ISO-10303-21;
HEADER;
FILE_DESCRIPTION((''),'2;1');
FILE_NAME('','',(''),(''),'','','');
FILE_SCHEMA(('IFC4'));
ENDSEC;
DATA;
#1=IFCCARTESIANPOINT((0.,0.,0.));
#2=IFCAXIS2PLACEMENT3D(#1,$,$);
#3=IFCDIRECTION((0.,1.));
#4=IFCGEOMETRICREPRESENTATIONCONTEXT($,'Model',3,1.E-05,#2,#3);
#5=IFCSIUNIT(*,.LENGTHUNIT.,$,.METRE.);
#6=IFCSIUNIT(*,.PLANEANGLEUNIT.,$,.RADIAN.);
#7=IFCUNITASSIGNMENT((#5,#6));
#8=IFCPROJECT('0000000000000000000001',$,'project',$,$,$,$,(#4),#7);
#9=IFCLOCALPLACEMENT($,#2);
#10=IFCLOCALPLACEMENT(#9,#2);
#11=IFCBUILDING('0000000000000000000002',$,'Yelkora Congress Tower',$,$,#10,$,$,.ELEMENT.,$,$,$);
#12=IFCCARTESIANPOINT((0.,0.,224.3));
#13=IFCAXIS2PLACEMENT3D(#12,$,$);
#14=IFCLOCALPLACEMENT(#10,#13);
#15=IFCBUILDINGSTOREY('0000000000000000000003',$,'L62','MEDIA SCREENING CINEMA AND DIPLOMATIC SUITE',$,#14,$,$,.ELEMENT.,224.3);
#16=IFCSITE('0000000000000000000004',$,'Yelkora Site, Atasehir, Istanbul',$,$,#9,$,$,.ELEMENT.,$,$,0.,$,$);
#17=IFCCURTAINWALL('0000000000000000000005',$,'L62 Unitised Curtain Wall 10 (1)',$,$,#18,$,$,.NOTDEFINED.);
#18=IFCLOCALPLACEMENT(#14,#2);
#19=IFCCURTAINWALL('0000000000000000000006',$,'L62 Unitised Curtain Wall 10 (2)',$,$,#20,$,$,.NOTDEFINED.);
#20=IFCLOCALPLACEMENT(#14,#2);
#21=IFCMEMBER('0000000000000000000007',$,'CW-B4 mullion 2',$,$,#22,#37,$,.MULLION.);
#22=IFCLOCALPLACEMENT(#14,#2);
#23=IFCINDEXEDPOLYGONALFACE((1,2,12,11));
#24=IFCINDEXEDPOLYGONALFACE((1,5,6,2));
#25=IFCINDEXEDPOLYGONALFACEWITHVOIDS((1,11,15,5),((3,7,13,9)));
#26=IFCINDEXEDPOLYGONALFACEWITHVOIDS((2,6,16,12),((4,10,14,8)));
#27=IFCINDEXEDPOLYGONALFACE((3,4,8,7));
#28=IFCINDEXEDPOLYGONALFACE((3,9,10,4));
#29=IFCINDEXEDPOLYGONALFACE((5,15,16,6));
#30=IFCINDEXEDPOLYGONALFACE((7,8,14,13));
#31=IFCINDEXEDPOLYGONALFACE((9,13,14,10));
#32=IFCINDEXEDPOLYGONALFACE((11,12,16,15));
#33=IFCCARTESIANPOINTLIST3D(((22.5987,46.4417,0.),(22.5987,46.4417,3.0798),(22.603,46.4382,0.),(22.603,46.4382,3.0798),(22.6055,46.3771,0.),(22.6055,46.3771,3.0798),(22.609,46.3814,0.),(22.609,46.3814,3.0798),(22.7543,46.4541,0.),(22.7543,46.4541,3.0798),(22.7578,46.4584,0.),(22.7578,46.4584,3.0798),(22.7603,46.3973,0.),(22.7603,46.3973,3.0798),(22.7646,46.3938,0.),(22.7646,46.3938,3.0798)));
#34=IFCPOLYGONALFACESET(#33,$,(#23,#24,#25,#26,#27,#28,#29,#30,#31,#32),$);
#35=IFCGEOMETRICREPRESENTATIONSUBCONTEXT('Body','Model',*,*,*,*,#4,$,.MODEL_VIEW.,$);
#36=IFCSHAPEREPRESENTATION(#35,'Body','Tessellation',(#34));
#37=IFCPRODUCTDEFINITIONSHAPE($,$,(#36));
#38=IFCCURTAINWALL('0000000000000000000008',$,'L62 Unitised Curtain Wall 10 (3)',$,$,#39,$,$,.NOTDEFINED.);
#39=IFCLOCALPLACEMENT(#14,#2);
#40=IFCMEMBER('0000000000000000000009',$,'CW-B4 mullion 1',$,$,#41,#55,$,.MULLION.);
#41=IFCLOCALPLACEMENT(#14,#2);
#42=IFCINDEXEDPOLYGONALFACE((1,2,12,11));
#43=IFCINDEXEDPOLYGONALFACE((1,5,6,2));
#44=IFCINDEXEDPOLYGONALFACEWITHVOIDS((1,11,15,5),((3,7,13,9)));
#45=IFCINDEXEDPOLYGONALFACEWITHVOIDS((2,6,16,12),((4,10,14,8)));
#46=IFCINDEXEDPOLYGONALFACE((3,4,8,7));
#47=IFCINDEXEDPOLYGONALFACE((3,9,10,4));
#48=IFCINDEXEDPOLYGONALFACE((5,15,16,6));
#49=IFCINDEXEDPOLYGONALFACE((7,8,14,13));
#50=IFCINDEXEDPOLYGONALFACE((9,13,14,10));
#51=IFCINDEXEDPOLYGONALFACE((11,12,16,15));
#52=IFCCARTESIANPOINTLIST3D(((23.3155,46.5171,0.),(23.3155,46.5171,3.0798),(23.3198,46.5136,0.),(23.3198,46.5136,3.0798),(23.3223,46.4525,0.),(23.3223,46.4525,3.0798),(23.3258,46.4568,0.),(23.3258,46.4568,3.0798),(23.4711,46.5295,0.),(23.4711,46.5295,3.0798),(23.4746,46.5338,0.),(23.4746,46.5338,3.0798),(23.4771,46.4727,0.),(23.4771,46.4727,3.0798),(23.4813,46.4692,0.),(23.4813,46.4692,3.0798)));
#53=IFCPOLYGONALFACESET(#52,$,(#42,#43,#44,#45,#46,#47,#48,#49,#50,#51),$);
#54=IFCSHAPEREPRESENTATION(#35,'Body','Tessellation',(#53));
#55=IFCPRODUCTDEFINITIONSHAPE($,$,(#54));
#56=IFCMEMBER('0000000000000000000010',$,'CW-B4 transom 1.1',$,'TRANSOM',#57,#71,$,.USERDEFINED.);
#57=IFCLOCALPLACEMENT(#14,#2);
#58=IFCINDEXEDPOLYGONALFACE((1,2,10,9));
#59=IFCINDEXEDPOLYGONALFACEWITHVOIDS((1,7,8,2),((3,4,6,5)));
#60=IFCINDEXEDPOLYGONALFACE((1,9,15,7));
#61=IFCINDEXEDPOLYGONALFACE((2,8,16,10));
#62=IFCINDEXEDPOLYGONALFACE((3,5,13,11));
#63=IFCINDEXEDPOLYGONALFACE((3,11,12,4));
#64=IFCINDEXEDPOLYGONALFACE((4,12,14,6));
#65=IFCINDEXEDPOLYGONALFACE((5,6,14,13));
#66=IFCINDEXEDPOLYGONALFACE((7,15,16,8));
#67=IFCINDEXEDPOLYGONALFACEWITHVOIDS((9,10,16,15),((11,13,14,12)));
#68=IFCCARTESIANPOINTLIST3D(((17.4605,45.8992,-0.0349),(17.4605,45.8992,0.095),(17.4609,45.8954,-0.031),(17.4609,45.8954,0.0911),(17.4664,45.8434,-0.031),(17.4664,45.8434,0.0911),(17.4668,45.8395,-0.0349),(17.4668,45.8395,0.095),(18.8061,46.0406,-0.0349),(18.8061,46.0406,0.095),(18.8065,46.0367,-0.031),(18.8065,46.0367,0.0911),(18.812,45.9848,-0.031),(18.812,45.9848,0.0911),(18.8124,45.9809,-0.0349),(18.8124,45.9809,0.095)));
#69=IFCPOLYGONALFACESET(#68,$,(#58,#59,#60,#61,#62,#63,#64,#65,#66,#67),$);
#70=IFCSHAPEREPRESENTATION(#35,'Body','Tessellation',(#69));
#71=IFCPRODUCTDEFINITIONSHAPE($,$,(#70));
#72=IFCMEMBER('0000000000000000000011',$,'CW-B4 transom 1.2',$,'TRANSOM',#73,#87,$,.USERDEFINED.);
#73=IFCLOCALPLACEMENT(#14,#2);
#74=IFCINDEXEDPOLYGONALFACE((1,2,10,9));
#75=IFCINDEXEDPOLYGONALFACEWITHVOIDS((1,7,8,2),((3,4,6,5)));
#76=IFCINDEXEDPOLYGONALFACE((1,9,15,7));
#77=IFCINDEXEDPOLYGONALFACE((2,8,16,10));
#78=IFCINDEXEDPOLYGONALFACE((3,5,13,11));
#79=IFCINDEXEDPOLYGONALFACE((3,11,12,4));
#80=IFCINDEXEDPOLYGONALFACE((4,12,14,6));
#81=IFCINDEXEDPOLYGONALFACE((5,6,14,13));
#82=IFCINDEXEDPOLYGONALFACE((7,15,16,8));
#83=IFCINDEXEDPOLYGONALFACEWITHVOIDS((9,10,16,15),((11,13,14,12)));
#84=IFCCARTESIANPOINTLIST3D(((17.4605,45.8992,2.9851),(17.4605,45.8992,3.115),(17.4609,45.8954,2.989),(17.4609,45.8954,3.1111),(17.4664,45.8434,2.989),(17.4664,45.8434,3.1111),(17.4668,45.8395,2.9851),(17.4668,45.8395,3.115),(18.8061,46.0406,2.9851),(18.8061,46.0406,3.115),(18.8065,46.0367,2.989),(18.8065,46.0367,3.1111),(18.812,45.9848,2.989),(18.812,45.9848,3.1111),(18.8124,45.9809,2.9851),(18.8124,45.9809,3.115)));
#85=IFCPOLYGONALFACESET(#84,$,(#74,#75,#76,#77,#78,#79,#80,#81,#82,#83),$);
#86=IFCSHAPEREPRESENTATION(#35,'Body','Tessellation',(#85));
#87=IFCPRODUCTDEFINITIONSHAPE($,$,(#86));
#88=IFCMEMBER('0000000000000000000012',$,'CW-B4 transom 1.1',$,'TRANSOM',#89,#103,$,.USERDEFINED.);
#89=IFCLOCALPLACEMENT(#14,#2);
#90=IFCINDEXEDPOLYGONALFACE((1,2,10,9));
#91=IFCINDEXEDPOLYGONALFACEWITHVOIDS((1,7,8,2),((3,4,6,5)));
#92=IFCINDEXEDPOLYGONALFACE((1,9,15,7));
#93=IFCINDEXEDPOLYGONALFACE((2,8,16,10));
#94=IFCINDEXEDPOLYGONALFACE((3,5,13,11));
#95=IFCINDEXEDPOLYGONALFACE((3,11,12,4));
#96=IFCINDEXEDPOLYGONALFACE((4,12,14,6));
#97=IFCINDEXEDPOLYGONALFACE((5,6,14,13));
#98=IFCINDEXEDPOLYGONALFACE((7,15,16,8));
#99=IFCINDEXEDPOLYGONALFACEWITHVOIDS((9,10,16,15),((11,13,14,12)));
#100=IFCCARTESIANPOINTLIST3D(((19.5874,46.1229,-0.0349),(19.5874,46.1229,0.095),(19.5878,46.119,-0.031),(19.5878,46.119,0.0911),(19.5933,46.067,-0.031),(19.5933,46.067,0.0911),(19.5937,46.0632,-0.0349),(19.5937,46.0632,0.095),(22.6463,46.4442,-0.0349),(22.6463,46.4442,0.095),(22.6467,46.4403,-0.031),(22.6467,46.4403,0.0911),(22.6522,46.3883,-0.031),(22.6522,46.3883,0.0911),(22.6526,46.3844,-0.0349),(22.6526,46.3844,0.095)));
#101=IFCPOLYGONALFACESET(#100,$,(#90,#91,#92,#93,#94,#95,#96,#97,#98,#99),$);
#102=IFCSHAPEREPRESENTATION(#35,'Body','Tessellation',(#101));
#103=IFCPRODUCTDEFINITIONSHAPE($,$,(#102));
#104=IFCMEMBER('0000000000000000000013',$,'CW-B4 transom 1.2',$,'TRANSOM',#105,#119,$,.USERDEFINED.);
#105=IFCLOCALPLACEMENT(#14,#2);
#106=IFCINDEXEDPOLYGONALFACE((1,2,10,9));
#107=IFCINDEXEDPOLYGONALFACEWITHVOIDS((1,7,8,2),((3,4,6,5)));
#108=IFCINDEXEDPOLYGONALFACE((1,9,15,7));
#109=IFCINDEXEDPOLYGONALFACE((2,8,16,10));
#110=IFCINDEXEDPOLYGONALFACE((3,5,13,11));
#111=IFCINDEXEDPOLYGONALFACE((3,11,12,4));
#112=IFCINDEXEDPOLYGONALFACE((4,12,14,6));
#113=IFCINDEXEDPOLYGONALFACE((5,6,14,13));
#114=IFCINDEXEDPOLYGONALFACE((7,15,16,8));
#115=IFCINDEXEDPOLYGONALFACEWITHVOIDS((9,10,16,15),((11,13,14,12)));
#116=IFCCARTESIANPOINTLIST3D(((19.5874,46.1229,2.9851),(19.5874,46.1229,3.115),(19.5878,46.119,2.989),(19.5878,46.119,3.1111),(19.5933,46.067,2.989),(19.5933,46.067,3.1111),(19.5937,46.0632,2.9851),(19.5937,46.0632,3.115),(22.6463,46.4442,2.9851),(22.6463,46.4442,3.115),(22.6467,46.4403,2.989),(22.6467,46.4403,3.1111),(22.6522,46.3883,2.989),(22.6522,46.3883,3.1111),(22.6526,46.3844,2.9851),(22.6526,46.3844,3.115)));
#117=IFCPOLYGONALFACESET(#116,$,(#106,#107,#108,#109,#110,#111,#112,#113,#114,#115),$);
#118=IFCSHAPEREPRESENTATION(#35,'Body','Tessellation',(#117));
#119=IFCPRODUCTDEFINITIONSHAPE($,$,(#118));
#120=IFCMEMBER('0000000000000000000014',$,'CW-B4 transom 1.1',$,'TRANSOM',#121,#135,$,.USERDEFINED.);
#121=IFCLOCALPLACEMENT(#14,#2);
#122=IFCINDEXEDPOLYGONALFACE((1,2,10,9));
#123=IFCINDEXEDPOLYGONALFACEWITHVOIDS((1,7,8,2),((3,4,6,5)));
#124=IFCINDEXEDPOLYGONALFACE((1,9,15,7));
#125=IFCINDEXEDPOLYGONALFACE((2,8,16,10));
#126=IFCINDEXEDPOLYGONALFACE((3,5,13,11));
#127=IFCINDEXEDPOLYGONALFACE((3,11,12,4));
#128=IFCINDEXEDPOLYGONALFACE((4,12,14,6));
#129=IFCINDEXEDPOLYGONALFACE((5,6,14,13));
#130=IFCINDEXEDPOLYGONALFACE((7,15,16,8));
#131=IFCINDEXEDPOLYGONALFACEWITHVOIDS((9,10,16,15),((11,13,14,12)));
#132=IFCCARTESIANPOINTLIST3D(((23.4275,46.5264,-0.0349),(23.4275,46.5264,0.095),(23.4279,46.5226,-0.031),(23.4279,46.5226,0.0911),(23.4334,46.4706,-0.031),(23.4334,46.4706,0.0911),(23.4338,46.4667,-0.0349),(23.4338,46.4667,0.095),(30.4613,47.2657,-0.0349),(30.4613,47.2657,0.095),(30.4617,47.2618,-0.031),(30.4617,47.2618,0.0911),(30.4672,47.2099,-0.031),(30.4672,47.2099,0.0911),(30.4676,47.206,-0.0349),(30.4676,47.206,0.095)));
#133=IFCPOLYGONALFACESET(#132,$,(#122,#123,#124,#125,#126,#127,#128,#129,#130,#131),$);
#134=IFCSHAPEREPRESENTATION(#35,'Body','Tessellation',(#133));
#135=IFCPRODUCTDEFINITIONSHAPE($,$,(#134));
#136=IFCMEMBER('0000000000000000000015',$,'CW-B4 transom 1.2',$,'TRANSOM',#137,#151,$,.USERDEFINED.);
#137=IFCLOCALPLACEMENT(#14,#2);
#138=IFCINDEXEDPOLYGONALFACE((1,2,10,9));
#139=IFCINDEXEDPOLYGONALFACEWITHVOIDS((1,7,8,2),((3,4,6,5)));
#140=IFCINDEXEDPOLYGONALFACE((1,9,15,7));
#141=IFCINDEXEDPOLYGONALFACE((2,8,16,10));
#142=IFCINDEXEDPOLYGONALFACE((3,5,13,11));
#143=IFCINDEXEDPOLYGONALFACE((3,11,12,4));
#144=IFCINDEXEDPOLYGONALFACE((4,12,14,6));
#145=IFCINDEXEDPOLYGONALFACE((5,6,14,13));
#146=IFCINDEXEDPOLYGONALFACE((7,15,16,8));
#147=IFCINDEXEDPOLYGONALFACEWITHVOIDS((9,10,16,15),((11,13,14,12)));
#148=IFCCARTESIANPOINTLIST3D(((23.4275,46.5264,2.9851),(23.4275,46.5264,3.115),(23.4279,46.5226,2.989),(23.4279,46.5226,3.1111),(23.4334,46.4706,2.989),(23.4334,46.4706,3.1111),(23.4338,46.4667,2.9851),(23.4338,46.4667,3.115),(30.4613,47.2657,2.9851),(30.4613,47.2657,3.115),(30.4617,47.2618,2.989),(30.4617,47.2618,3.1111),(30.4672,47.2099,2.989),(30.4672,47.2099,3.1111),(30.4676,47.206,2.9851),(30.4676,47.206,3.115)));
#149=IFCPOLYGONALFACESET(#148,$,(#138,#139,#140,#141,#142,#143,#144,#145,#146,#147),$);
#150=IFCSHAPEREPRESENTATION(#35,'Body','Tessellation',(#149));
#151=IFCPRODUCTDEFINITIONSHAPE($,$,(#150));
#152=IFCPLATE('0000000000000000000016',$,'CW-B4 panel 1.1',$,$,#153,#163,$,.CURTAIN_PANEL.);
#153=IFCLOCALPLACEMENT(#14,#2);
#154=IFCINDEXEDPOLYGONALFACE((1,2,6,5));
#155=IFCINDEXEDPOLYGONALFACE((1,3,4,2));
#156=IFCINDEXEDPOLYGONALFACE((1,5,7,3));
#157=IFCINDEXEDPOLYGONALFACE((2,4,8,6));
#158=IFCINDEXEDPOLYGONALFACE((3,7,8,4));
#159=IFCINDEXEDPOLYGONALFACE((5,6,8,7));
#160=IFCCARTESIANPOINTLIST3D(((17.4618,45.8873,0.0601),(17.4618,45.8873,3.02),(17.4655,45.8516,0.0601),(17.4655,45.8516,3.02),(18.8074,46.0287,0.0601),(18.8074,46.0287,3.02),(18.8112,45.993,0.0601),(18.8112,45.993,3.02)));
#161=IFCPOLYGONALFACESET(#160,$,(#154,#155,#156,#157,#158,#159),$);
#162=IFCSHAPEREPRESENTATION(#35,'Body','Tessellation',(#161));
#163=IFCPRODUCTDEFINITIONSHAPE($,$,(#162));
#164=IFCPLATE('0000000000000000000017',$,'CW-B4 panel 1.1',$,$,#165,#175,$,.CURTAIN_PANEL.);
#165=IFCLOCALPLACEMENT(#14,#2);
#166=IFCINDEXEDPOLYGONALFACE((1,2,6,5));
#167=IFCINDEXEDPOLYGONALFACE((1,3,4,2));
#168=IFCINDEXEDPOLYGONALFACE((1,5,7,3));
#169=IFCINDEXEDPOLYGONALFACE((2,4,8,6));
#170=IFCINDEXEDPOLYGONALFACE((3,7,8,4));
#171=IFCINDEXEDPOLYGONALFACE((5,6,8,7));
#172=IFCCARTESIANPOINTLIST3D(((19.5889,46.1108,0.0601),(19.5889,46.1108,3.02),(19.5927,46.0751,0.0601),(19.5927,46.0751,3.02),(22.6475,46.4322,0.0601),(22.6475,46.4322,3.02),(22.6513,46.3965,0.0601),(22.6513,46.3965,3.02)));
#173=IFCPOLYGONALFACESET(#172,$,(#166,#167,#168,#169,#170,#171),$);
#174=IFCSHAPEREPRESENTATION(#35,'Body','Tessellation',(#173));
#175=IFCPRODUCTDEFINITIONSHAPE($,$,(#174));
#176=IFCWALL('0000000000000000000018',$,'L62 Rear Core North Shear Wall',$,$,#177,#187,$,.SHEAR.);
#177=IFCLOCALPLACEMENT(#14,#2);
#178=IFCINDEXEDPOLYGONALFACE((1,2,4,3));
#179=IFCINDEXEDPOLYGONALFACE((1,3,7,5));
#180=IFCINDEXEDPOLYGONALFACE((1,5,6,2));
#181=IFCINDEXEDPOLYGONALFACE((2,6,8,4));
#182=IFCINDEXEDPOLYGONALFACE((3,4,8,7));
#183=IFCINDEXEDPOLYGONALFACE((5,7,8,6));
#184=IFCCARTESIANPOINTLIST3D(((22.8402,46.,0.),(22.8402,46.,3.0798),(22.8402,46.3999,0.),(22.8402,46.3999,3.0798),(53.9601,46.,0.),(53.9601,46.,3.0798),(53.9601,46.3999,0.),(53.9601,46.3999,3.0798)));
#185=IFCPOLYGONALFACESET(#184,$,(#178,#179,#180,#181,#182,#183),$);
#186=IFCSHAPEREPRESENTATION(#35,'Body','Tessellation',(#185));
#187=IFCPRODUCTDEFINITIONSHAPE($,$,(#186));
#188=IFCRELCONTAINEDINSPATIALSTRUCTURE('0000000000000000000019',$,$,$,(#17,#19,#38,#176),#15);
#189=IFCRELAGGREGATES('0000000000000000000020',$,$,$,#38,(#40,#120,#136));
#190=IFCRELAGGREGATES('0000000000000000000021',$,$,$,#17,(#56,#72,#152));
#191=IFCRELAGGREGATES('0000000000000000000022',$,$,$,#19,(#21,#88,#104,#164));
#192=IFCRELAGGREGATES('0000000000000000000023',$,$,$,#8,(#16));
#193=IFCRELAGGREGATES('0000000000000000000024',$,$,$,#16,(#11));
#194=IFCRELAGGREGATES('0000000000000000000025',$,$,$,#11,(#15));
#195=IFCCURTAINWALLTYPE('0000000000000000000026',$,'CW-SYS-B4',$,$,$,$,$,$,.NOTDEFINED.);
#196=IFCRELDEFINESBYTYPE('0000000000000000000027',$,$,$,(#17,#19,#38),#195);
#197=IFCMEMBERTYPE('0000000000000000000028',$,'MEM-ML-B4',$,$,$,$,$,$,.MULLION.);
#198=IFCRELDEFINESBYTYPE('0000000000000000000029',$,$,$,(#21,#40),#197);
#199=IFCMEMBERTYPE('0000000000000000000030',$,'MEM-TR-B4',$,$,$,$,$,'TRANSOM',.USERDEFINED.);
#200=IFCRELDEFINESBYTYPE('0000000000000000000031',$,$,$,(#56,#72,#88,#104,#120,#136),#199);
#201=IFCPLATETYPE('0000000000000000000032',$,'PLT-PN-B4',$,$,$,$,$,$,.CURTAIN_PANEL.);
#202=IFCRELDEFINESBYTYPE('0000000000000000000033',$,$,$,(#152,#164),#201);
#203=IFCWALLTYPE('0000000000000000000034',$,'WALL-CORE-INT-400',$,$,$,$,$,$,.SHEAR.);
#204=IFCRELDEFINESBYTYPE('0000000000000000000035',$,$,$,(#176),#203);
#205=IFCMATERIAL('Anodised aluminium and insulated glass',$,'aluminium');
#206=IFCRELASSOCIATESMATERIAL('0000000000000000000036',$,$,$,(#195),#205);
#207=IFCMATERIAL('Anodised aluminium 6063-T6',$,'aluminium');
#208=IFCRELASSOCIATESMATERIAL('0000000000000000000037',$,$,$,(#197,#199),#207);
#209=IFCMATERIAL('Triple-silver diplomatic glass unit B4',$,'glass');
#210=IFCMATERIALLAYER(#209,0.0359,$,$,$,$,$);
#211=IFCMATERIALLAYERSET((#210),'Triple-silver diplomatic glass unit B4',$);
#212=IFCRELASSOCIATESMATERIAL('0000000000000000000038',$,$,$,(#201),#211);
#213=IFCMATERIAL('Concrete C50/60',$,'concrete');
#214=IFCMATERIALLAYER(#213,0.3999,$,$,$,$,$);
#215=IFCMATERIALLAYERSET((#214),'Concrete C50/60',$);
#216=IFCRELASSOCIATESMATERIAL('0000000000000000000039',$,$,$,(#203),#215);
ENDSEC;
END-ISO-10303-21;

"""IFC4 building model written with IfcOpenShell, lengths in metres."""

from ifc_helpers import new_model, si_unit, direction, frame, frame_2d, origin, origin_2d, place, context, subcontext, project, spatial, rectangle, hollow_rectangle, extrude, material, layer, layer_set, material_profile, profile_set, type_object, element, aggregate, save


model = new_model("IFC4")

# Units and contexts
model_context = context("Model", 3, precision=1e-05, world=origin(), true_north=direction((0.0, 1.0)))
body_context = subcontext(model_context, "Body", "Model", "MODEL_VIEW")
ifc_project = project(units=[si_unit("LENGTHUNIT", "METRE"), si_unit("PLANEANGLEUNIT", "RADIAN")], contexts=[model_context])

# Site, building, storey
site_placement = place(None, origin())
site = spatial("IfcSite", under=ifc_project, at=site_placement, Name="Yelkora Site, Atasehir, Istanbul", CompositionType="ELEMENT", RefElevation=0.0)
building_placement = place(site_placement, origin())
building = spatial("IfcBuilding", under=site, at=building_placement, Name="Yelkora Congress Tower", CompositionType="ELEMENT")
storey_placement = place(building_placement, frame((0.0, 0.0, 224.3)))
storey = spatial("IfcBuildingStorey", under=building, at=storey_placement, Name="L62", Description="MEDIA SCREENING CINEMA AND DIPLOMATIC SUITE", CompositionType="ELEMENT", Elevation=224.3)

# Curtain walls, member
ifc_material_1 = material(Name="Anodised aluminium and insulated glass", Category="aluminium")
curtain_wall_type = type_object("IfcCurtainWallType", Name="CW-SYS-B4", PredefinedType="NOTDEFINED", material=ifc_material_1)
curtain_wall_1_placement = place(storey_placement, origin())
curtain_wall_1 = element("IfcCurtainWall", 1, at=curtain_wall_1_placement, inside=storey, type_object=curtain_wall_type, Name="L62 Unitised Curtain Wall 10 (1)", PredefinedType="NOTDEFINED")
ifc_material_2 = material(Name="Anodised aluminium 6063-T6", Category="aluminium")
ifc_material_profile_1 = material_profile(ifc_material_2, hollow_rectangle(XDim=0.0649, YDim=0.1599, WallThickness=0.0039, at=origin_2d()), Name="ALU 65x160x4")
ifc_profile_set_1 = profile_set([ifc_material_profile_1], Name="Anodised aluminium 6063-T6")
member_type_1 = type_object("IfcMemberType", Name="MEM-ML-B4", PredefinedType="MULLION", material=ifc_profile_set_1)
curtain_wall_2_placement = place(storey_placement, origin())
curtain_wall_2 = element("IfcCurtainWall", 2, at=curtain_wall_2_placement, inside=storey, type_object=curtain_wall_type, Name="L62 Unitised Curtain Wall 10 (2)", PredefinedType="NOTDEFINED")
member_1_placement = place(storey_placement, frame((22.6816, 46.4177, 0.0), z_axis=(0.0, 0.0, 1.0), x_axis=(-0.104506, 0.994524, 0.0)))
member_1 = element("IfcMember", 3, at=member_1_placement, type_object=member_type_1, Name="CW-B4 mullion 2", PredefinedType="MULLION", context=body_context, shape_type="SweptSolid", body=[
    extrude(hollow_rectangle(XDim=0.0649, YDim=0.1599, WallThickness=0.0039, at=origin_2d()), origin(), (0.0, 0.0, 1.0), 3.0798),
])

# Curtain wall, member
curtain_wall_3_placement = place(storey_placement, origin())
curtain_wall_3 = element("IfcCurtainWall", 4, at=curtain_wall_3_placement, inside=storey, type_object=curtain_wall_type, Name="L62 Unitised Curtain Wall 10 (3)", PredefinedType="NOTDEFINED")
member_2_placement = place(storey_placement, frame((23.3984, 46.4932, 0.0), z_axis=(0.0, 0.0, 1.0), x_axis=(-0.104528, 0.994522, 0.0)))
member_2 = element("IfcMember", 5, at=member_2_placement, type_object=member_type_1, Name="CW-B4 mullion 1", PredefinedType="MULLION", context=body_context, shape_type="SweptSolid", body=[
    extrude(hollow_rectangle(XDim=0.0649, YDim=0.1599, WallThickness=0.0039, at=origin_2d()), origin(), (0.0, 0.0, 1.0), 3.0798),
])

# Members
ifc_material_profile_2 = material_profile(ifc_material_2, hollow_rectangle(XDim=0.0601, YDim=0.1299, WallThickness=0.0039, at=origin_2d()), Name="ALU 60x130x4")
ifc_profile_set_2 = profile_set([ifc_material_profile_2], Name="Anodised aluminium 6063-T6")
member_type_2 = type_object("IfcMemberType", Name="MEM-TR-B4", ElementType="TRANSOM", PredefinedType="USERDEFINED", material=ifc_profile_set_2)
member_3_placement = place(storey_placement, frame((17.4636, 45.8694, 0.03), z_axis=(0.994528, 0.104469, 0.0), x_axis=(-0.104469, 0.994528, 0.0)))
member_3 = element("IfcMember", 6, at=member_3_placement, type_object=member_type_2, Name="CW-B4 transom 1.1", ObjectType="TRANSOM", PredefinedType="USERDEFINED", context=body_context, shape_type="SweptSolid", body=[
    extrude(hollow_rectangle(XDim=0.0601, YDim=0.1299, WallThickness=0.0039, at=origin_2d()), origin(), (0.0, 0.0, 1.0), 1.353),
])
member_4_placement = place(storey_placement, frame((17.4636, 45.8694, 3.05), z_axis=(0.994528, 0.104469, 0.0), x_axis=(-0.104469, 0.994528, 0.0)))
member_4 = element("IfcMember", 7, at=member_4_placement, type_object=member_type_2, Name="CW-B4 transom 1.2", ObjectType="TRANSOM", PredefinedType="USERDEFINED", context=body_context, shape_type="SweptSolid", body=[
    extrude(hollow_rectangle(XDim=0.0601, YDim=0.1299, WallThickness=0.0039, at=origin_2d()), origin(), (0.0, 0.0, 1.0), 1.353),
])
member_5_placement = place(storey_placement, frame((19.5906, 46.093, 0.03), z_axis=(0.994529, 0.104462, 0.0), x_axis=(-0.104462, 0.994529, 0.0)))
member_5 = element("IfcMember", 8, at=member_5_placement, type_object=member_type_2, Name="CW-B4 transom 1.1", ObjectType="TRANSOM", PredefinedType="USERDEFINED", context=body_context, shape_type="SweptSolid", body=[
    extrude(hollow_rectangle(XDim=0.0601, YDim=0.1299, WallThickness=0.0039, at=origin_2d()), origin(), (0.0, 0.0, 1.0), 3.0757),
])
member_6_placement = place(storey_placement, frame((19.5906, 46.093, 3.05), z_axis=(0.994529, 0.104462, 0.0), x_axis=(-0.104462, 0.994529, 0.0)))
member_6 = element("IfcMember", 9, at=member_6_placement, type_object=member_type_2, Name="CW-B4 transom 1.2", ObjectType="TRANSOM", PredefinedType="USERDEFINED", context=body_context, shape_type="SweptSolid", body=[
    extrude(hollow_rectangle(XDim=0.0601, YDim=0.1299, WallThickness=0.0039, at=origin_2d()), origin(), (0.0, 0.0, 1.0), 3.0757),
])
member_7_placement = place(storey_placement, frame((23.4307, 46.4966, 0.03), z_axis=(0.994522, 0.104527, 0.0), x_axis=(-0.104527, 0.994522, 0.0)))
member_7 = element("IfcMember", 10, at=member_7_placement, type_object=member_type_2, Name="CW-B4 transom 1.1", ObjectType="TRANSOM", PredefinedType="USERDEFINED", context=body_context, shape_type="SweptSolid", body=[
    extrude(hollow_rectangle(XDim=0.0601, YDim=0.1299, WallThickness=0.0039, at=origin_2d()), origin(), (0.0, 0.0, 1.0), 7.0725),
])
member_8_placement = place(storey_placement, frame((23.4307, 46.4966, 3.05), z_axis=(0.994522, 0.104527, 0.0), x_axis=(-0.104527, 0.994522, 0.0)))
member_8 = element("IfcMember", 11, at=member_8_placement, type_object=member_type_2, Name="CW-B4 transom 1.2", ObjectType="TRANSOM", PredefinedType="USERDEFINED", context=body_context, shape_type="SweptSolid", body=[
    extrude(hollow_rectangle(XDim=0.0601, YDim=0.1299, WallThickness=0.0039, at=origin_2d()), origin(), (0.0, 0.0, 1.0), 7.0725),
])
aggregate(curtain_wall_3, [member_2, member_7, member_8])

# Plates
ifc_material_3 = material(Name="Triple-silver diplomatic glass unit B4", Category="glass")
ifc_layer_1 = layer(ifc_material_3, 0.0359)
ifc_layer_set_1 = layer_set([ifc_layer_1], Name="Triple-silver diplomatic glass unit B4")
plate_type = type_object("IfcPlateType", Name="PLT-PN-B4", PredefinedType="CURTAIN_PANEL", material=ifc_layer_set_1)
plate_1_placement = place(storey_placement, frame((18.1365, 45.9402, 0.0601), z_axis=(0.0, 0.0, 1.0), x_axis=(0.994524, 0.104509, 0.0)))
plate_1 = element("IfcPlate", 12, at=plate_1_placement, type_object=plate_type, Name="CW-B4 panel 1.1", PredefinedType="CURTAIN_PANEL", context=body_context, shape_type="SweptSolid", body=[
    extrude(rectangle(XDim=1.353, YDim=0.0359, at=origin_2d()), origin(), (0.0, 0.0, 1.0), 2.96),
])
aggregate(curtain_wall_1, [member_3, member_4, plate_1])
plate_2_placement = place(storey_placement, frame((21.1201, 46.2537, 0.0601), z_axis=(0.0, 0.0, 1.0), x_axis=(0.994524, 0.104506, 0.0)))
plate_2 = element("IfcPlate", 13, at=plate_2_placement, type_object=plate_type, Name="CW-B4 panel 1.1", PredefinedType="CURTAIN_PANEL", context=body_context, shape_type="SweptSolid", body=[
    extrude(rectangle(XDim=3.0754, YDim=0.0359, at=origin_2d()), origin(), (0.0, 0.0, 1.0), 2.96),
])
aggregate(curtain_wall_2, [member_1, member_5, member_6, plate_2])

# Wall
ifc_material_4 = material(Name="Concrete C50/60", Category="concrete")
ifc_layer_2 = layer(ifc_material_4, 0.3999)
ifc_layer_set_2 = layer_set([ifc_layer_2], Name="Concrete C50/60")
wall_type_1 = type_object("IfcWallType", Name="WALL-CORE-INT-400", PredefinedType="SHEAR", material=ifc_layer_set_2)
wall_1_placement = place(storey_placement, frame((22.8401, 46.2, 0.0), z_axis=(0.0, 0.0, 1.0), x_axis=(1.0, 0.0, 0.0)))
element("IfcWall", 14, at=wall_1_placement, inside=storey, type_object=wall_type_1, Name="L62 Rear Core North Shear Wall", PredefinedType="SHEAR", context=body_context, shape_type="SweptSolid", body=[
    extrude(rectangle(XDim=31.1199, YDim=0.3999, at=frame_2d((15.5601, 0.0))), origin(), (0.0, 0.0, 1.0), 3.0798),
])

save(model, "model.ifc")
